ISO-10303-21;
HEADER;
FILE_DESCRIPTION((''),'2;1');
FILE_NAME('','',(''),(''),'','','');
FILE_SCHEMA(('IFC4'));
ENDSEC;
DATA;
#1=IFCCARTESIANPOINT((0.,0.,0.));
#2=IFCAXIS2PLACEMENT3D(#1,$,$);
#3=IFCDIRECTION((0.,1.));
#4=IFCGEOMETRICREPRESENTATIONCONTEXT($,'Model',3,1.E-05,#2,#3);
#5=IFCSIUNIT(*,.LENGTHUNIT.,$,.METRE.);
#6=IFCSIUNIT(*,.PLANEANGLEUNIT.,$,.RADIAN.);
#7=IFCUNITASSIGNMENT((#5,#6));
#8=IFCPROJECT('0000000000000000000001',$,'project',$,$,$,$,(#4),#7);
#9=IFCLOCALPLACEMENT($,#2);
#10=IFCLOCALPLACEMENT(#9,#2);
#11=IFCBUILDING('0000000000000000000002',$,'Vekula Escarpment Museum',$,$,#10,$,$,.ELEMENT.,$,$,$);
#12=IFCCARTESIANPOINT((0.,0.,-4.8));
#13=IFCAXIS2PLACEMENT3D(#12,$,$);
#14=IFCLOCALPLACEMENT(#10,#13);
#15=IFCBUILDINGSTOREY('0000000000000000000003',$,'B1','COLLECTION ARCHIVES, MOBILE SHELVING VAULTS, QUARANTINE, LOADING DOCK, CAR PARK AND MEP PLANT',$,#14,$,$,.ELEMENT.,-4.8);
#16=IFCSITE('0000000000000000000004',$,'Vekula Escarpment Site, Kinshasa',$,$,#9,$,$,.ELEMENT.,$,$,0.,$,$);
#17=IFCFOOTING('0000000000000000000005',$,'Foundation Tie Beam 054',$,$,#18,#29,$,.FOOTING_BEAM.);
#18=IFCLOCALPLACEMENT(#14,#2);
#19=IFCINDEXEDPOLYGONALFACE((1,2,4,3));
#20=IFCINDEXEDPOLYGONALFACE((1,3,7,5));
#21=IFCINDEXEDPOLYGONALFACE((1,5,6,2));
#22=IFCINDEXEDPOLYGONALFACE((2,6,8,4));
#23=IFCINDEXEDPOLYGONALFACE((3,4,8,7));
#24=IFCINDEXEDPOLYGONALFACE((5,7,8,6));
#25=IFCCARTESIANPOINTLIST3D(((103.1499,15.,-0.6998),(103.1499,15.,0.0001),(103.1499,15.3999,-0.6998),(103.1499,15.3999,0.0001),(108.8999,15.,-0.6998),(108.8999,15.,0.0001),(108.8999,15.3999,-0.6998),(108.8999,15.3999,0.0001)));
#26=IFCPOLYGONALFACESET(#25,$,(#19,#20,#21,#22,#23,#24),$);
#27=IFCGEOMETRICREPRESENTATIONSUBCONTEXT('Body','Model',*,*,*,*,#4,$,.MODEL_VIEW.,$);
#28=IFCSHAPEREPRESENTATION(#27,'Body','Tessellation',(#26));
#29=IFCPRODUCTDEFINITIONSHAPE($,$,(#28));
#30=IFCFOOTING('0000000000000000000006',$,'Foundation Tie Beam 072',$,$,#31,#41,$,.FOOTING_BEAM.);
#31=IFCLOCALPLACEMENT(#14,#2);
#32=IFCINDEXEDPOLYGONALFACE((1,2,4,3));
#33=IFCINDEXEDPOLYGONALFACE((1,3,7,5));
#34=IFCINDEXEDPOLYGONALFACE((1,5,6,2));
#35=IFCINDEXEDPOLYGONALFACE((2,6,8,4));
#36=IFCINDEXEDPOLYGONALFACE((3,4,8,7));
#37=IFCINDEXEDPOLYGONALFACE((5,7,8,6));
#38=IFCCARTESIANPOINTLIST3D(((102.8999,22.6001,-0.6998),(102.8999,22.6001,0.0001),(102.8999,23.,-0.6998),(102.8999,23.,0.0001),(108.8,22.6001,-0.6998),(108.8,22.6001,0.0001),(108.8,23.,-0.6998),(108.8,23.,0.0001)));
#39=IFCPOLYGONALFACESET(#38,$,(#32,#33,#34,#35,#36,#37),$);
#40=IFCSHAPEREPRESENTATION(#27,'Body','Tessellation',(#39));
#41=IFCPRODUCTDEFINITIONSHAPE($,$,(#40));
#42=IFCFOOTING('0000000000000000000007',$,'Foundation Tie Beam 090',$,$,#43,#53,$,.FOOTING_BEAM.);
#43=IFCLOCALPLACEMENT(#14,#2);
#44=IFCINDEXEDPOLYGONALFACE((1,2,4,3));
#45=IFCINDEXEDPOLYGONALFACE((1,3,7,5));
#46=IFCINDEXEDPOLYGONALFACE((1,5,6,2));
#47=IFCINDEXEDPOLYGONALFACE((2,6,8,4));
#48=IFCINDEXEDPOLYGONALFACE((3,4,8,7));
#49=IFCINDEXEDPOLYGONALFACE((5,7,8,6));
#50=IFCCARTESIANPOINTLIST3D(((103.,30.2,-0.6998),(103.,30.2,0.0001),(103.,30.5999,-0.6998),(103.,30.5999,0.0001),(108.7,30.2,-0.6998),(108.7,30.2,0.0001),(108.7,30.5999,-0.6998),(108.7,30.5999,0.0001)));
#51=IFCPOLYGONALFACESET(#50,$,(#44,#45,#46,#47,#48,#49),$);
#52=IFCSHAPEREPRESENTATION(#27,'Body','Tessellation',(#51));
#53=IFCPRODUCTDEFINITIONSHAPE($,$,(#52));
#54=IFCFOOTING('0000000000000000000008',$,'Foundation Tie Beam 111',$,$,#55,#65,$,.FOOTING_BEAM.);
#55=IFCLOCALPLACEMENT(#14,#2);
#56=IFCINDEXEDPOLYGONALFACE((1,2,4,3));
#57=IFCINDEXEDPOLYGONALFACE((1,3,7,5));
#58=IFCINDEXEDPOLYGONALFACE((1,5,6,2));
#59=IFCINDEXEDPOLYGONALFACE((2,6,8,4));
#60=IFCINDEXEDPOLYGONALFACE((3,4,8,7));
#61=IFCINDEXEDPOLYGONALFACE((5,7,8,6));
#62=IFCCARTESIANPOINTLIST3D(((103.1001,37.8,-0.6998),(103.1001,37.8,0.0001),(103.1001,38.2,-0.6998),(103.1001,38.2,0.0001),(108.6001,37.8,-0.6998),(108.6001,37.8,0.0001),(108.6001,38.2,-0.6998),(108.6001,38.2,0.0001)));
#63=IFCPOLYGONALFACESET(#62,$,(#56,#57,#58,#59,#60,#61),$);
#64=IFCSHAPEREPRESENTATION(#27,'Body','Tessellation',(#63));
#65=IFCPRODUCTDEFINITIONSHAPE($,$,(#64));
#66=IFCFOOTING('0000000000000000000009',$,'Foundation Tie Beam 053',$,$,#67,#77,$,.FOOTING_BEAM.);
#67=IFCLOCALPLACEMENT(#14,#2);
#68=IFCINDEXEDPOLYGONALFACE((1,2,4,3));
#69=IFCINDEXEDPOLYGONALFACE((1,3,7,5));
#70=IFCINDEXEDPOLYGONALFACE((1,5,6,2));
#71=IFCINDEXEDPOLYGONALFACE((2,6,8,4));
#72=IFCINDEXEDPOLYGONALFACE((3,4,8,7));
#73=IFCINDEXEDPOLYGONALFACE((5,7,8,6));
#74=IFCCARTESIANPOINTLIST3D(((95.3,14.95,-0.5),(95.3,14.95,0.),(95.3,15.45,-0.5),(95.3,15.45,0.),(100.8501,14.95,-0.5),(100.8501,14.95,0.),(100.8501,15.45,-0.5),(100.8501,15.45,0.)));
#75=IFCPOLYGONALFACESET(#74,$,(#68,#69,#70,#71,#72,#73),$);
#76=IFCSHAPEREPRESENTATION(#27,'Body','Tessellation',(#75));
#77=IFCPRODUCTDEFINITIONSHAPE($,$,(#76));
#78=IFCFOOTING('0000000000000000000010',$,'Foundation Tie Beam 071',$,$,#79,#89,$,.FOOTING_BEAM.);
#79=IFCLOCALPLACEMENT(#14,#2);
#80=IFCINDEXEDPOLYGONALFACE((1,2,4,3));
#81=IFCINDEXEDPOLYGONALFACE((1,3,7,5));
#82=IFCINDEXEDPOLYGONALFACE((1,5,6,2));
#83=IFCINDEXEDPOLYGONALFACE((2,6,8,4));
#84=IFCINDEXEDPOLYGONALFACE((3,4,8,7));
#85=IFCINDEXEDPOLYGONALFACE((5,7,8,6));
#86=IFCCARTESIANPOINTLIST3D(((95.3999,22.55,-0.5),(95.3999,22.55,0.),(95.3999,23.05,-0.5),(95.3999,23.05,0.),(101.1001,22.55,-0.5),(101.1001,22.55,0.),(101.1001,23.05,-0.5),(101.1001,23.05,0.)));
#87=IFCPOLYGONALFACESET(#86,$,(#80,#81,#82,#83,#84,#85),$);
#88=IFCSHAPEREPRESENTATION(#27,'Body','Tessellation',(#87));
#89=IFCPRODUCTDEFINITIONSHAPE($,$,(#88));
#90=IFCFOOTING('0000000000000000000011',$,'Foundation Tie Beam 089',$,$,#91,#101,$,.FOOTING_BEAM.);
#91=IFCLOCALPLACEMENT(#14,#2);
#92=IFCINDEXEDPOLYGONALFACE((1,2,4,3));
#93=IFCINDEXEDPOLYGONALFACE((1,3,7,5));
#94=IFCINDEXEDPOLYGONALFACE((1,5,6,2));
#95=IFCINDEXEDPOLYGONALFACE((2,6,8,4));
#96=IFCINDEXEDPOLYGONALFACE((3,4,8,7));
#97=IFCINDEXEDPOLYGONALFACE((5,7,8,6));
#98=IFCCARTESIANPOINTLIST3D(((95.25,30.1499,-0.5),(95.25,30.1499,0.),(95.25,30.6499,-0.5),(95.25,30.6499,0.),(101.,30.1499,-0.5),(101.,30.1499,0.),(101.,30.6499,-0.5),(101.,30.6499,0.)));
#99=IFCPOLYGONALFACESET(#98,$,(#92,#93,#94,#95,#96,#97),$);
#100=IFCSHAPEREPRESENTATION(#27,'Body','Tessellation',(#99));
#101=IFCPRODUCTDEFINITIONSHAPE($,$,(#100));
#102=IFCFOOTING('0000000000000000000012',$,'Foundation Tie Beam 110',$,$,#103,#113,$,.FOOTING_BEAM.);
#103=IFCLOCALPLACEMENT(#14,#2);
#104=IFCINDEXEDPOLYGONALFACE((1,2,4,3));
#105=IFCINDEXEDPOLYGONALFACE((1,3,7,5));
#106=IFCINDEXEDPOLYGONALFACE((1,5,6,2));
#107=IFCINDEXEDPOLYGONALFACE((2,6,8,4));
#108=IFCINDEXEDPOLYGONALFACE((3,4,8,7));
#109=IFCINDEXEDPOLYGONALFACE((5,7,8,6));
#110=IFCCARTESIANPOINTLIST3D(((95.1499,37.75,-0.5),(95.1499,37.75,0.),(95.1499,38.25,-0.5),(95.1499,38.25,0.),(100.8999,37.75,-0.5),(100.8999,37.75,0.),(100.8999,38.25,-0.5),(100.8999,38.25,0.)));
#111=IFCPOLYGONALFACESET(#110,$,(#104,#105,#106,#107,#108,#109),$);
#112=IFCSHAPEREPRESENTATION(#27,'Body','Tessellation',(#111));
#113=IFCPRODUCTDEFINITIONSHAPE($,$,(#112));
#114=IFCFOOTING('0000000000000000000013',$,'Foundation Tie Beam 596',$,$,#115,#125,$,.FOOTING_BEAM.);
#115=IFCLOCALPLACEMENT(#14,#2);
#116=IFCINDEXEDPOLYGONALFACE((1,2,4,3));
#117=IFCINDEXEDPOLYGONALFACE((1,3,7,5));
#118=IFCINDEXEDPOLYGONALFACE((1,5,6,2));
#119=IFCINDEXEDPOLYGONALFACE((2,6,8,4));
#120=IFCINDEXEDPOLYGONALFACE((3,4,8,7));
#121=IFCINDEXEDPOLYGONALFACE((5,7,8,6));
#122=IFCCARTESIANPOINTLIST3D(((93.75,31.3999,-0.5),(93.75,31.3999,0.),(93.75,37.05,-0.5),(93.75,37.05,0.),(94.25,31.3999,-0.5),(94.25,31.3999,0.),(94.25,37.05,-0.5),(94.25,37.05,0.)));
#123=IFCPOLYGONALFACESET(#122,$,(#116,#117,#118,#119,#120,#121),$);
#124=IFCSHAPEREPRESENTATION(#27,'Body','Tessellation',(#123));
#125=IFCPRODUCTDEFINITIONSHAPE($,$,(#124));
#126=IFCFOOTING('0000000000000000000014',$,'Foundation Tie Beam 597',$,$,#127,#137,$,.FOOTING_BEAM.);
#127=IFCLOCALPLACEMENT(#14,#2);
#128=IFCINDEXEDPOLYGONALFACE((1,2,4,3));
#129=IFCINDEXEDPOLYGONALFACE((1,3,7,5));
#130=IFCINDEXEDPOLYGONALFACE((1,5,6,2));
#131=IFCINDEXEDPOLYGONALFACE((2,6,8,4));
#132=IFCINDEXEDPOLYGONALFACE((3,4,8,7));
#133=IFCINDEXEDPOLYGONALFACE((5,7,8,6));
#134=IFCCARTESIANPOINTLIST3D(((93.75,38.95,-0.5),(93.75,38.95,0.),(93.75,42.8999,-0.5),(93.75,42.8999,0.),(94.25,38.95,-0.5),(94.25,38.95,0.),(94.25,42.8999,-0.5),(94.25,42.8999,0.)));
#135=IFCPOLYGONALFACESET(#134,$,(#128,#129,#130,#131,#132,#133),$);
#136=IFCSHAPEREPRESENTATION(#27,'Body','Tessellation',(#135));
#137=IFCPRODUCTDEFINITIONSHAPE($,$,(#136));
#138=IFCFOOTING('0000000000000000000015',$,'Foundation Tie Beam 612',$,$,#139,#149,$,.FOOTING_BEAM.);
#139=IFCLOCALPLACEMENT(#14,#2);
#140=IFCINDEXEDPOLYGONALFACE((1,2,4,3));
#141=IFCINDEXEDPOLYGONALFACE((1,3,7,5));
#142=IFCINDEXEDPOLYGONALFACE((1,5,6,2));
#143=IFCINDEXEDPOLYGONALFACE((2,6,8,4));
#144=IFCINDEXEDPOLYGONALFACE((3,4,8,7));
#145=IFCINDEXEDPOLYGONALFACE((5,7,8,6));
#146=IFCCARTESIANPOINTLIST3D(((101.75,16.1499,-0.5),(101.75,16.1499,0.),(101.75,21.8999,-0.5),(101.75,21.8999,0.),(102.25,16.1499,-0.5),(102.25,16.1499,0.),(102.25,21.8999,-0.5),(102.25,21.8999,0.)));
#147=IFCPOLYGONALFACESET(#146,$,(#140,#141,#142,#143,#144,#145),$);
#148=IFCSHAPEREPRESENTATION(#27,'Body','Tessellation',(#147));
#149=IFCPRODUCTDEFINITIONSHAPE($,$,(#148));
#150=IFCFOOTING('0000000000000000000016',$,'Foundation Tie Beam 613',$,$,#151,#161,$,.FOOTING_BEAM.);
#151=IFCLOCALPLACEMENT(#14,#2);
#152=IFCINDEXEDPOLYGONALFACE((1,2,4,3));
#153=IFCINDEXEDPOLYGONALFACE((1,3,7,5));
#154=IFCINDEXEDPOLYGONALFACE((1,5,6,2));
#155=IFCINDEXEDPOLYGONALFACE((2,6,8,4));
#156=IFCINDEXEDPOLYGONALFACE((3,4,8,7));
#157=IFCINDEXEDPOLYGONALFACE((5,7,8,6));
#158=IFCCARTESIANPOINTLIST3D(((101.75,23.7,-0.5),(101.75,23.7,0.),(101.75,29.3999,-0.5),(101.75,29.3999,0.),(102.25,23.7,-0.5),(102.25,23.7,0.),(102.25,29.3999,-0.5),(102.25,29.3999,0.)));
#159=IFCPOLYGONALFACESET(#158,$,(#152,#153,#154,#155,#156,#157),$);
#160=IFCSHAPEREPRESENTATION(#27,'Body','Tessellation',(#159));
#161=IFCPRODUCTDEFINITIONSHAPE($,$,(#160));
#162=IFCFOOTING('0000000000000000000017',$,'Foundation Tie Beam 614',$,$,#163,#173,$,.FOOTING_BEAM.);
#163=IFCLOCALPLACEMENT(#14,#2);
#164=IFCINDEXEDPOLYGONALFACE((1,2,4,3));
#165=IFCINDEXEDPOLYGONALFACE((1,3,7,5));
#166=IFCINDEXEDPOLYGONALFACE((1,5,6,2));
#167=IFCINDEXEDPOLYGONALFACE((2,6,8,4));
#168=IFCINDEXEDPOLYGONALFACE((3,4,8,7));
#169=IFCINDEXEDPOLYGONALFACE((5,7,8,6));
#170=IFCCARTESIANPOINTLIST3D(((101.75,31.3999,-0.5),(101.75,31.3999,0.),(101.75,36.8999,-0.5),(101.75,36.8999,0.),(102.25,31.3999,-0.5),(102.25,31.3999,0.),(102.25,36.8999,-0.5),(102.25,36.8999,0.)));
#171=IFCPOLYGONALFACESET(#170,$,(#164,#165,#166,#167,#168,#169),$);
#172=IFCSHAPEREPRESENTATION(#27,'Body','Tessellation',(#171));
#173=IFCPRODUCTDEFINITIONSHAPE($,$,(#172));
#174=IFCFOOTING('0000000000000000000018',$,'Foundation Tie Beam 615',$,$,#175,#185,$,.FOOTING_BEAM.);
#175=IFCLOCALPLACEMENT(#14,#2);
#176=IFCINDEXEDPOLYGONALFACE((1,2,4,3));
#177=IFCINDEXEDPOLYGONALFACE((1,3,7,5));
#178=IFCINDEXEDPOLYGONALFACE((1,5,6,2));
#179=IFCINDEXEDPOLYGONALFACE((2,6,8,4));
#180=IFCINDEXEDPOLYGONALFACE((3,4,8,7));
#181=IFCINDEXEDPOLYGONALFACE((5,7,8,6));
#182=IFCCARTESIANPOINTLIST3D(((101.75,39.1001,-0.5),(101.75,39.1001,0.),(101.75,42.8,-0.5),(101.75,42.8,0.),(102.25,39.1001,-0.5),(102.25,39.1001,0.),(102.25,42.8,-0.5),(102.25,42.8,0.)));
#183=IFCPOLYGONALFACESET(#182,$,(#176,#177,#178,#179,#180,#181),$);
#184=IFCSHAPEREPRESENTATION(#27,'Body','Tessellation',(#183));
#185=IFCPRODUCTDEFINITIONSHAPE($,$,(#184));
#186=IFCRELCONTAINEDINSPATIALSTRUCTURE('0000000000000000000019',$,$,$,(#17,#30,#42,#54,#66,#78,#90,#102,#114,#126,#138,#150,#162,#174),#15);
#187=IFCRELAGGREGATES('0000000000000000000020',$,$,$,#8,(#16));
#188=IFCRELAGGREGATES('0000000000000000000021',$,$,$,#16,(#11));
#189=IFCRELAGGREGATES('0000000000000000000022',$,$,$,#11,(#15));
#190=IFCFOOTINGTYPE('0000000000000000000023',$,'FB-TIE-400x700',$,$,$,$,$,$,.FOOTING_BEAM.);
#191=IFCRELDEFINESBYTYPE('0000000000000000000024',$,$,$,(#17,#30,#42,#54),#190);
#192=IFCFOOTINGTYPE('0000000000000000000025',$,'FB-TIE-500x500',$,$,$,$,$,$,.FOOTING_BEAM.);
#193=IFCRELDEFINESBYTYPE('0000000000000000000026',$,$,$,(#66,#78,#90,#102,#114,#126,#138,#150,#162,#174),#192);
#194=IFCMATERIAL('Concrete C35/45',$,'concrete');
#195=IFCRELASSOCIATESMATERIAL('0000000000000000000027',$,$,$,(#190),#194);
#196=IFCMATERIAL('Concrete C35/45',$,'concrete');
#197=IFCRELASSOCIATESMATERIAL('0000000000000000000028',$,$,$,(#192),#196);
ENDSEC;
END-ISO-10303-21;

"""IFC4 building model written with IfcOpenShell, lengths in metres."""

from ifc_helpers import new_model, si_unit, direction, frame, origin, origin_2d, place, context, subcontext, project, spatial, rectangle, extrude, material, material_profile, profile_set, type_object, element, save


model = new_model("IFC4")

# Units and contexts
model_context = context("Model", 3, precision=1e-05, world=origin(), true_north=direction((0.0, 1.0)))
body_context = subcontext(model_context, "Body", "Model", "MODEL_VIEW")
ifc_project = project(units=[si_unit("LENGTHUNIT", "METRE"), si_unit("PLANEANGLEUNIT", "RADIAN")], contexts=[model_context])

# Site, building, storey
site_placement = place(None, origin())
site = spatial("IfcSite", under=ifc_project, at=site_placement, Name="Vekula Escarpment Site, Kinshasa", CompositionType="ELEMENT", RefElevation=0.0)
building_placement = place(site_placement, origin())
building = spatial("IfcBuilding", under=site, at=building_placement, Name="Vekula Escarpment Museum", CompositionType="ELEMENT")
storey_placement = place(building_placement, frame((0.0, 0.0, -4.8)))
storey = spatial("IfcBuildingStorey", under=building, at=storey_placement, Name="B1", Description="COLLECTION ARCHIVES, MOBILE SHELVING VAULTS, QUARANTINE, LOADING DOCK, CAR PARK AND MEP PLANT", CompositionType="ELEMENT", Elevation=-4.8)

# Footings
ifc_material_1 = material(Name="Concrete C35/45", Category="concrete")
ifc_material_profile_1 = material_profile(ifc_material_1, rectangle(XDim=0.3999, YDim=0.7, at=origin_2d()), Name="RC 400x700")
ifc_profile_set_1 = profile_set([ifc_material_profile_1], Name="Concrete C35/45")
footing_type_1 = type_object("IfcFootingType", Name="FB-TIE-400x700", PredefinedType="FOOTING_BEAM", material=ifc_profile_set_1)
footing_1_placement = place(storey_placement, frame((103.1499, 15.2, -0.3499), z_axis=(1.0, 0.0, 0.0), x_axis=(0.0, 1.0, 0.0)))
element("IfcFooting", 1, at=footing_1_placement, inside=storey, type_object=footing_type_1, Name="Foundation Tie Beam 054", PredefinedType="FOOTING_BEAM", context=body_context, shape_type="SweptSolid", body=[
    extrude(rectangle(XDim=0.3999, YDim=0.7, at=origin_2d()), origin(), (0.0, 0.0, 1.0), 5.75),
])
footing_2_placement = place(storey_placement, frame((102.8999, 22.8, -0.3499), z_axis=(1.0, 0.0, 0.0), x_axis=(0.0, 1.0, 0.0)))
element("IfcFooting", 2, at=footing_2_placement, inside=storey, type_object=footing_type_1, Name="Foundation Tie Beam 072", PredefinedType="FOOTING_BEAM", context=body_context, shape_type="SweptSolid", body=[
    extrude(rectangle(XDim=0.3999, YDim=0.7, at=origin_2d()), origin(), (0.0, 0.0, 1.0), 5.9001),
])
footing_3_placement = place(storey_placement, frame((103.0, 30.3999, -0.3499), z_axis=(1.0, 0.0, 0.0), x_axis=(0.0, 1.0, 0.0)))
element("IfcFooting", 3, at=footing_3_placement, inside=storey, type_object=footing_type_1, Name="Foundation Tie Beam 090", PredefinedType="FOOTING_BEAM", context=body_context, shape_type="SweptSolid", body=[
    extrude(rectangle(XDim=0.3999, YDim=0.7, at=origin_2d()), origin(), (0.0, 0.0, 1.0), 5.7),
])
footing_4_placement = place(storey_placement, frame((103.1001, 38.0, -0.3499), z_axis=(1.0, 0.0, 0.0), x_axis=(0.0, 1.0, 0.0)))
element("IfcFooting", 4, at=footing_4_placement, inside=storey, type_object=footing_type_1, Name="Foundation Tie Beam 111", PredefinedType="FOOTING_BEAM", context=body_context, shape_type="SweptSolid", body=[
    extrude(rectangle(XDim=0.3999, YDim=0.7, at=origin_2d()), origin(), (0.0, 0.0, 1.0), 5.5),
])
ifc_material_2 = material(Name="Concrete C35/45", Category="concrete")
ifc_material_profile_2 = material_profile(ifc_material_2, rectangle(XDim=0.5, YDim=0.5, at=origin_2d()), Name="RC 500x500")
ifc_profile_set_2 = profile_set([ifc_material_profile_2], Name="Concrete C35/45")
footing_type_2 = type_object("IfcFootingType", Name="FB-TIE-500x500", PredefinedType="FOOTING_BEAM", material=ifc_profile_set_2)
footing_5_placement = place(storey_placement, frame((95.3, 15.2, -0.25), z_axis=(1.0, 0.0, 0.0), x_axis=(0.0, 1.0, 0.0)))
element("IfcFooting", 5, at=footing_5_placement, inside=storey, type_object=footing_type_2, Name="Foundation Tie Beam 053", PredefinedType="FOOTING_BEAM", context=body_context, shape_type="SweptSolid", body=[
    extrude(rectangle(XDim=0.5, YDim=0.5, at=origin_2d()), origin(), (0.0, 0.0, 1.0), 5.55),
])
footing_6_placement = place(storey_placement, frame((95.3999, 22.8, -0.25), z_axis=(1.0, 0.0, 0.0), x_axis=(0.0, 1.0, 0.0)))
element("IfcFooting", 6, at=footing_6_placement, inside=storey, type_object=footing_type_2, Name="Foundation Tie Beam 071", PredefinedType="FOOTING_BEAM", context=body_context, shape_type="SweptSolid", body=[
    extrude(rectangle(XDim=0.5, YDim=0.5, at=origin_2d()), origin(), (0.0, 0.0, 1.0), 5.7002),
])
for number, where, z_axis, x_axis, name in (
    (7, (95.25, 30.3999, -0.25), (1.0, 0.0, 0.0), (0.0, 1.0, 0.0), "Foundation Tie Beam 089"),
    (8, (95.1499, 38.0, -0.25), (1.0, 0.0, 0.0), (0.0, 1.0, 0.0), "Foundation Tie Beam 110"),
):
    element("IfcFooting", number, at=place(storey_placement, frame(where, z_axis=z_axis, x_axis=x_axis)), inside=storey, type_object=footing_type_2, Name=name, PredefinedType="FOOTING_BEAM", context=body_context, shape_type="SweptSolid", body=[
        extrude(rectangle(XDim=0.5, YDim=0.5, at=origin_2d()), origin(), (0.0, 0.0, 1.0), 5.75),
    ])
footing_7_placement = place(storey_placement, frame((94.0, 31.3999, -0.25), z_axis=(0.0, 1.0, 0.0), x_axis=(-1.0, 0.0, 0.0)))
element("IfcFooting", 9, at=footing_7_placement, inside=storey, type_object=footing_type_2, Name="Foundation Tie Beam 596", PredefinedType="FOOTING_BEAM", context=body_context, shape_type="SweptSolid", body=[
    extrude(rectangle(XDim=0.5, YDim=0.5, at=origin_2d()), origin(), (0.0, 0.0, 1.0), 5.6501),
])
footing_8_placement = place(storey_placement, frame((94.0, 38.95, -0.25), z_axis=(0.0, 1.0, 0.0), x_axis=(-1.0, 0.0, 0.0)))
element("IfcFooting", 10, at=footing_8_placement, inside=storey, type_object=footing_type_2, Name="Foundation Tie Beam 597", PredefinedType="FOOTING_BEAM", context=body_context, shape_type="SweptSolid", body=[
    extrude(rectangle(XDim=0.5, YDim=0.5, at=origin_2d()), origin(), (0.0, 0.0, 1.0), 3.95),
])
footing_9_placement = place(storey_placement, frame((102.0, 16.1499, -0.25), z_axis=(0.0, 1.0, 0.0), x_axis=(-1.0, 0.0, 0.0)))
element("IfcFooting", 11, at=footing_9_placement, inside=storey, type_object=footing_type_2, Name="Foundation Tie Beam 612", PredefinedType="FOOTING_BEAM", context=body_context, shape_type="SweptSolid", body=[
    extrude(rectangle(XDim=0.5, YDim=0.5, at=origin_2d()), origin(), (0.0, 0.0, 1.0), 5.75),
])
footing_10_placement = place(storey_placement, frame((102.0, 23.7, -0.25), z_axis=(0.0, 1.0, 0.0), x_axis=(-1.0, 0.0, 0.0)))
element("IfcFooting", 12, at=footing_10_placement, inside=storey, type_object=footing_type_2, Name="Foundation Tie Beam 613", PredefinedType="FOOTING_BEAM", context=body_context, shape_type="SweptSolid", body=[
    extrude(rectangle(XDim=0.5, YDim=0.5, at=origin_2d()), origin(), (0.0, 0.0, 1.0), 5.7),
])
footing_11_placement = place(storey_placement, frame((102.0, 31.3999, -0.25), z_axis=(0.0, 1.0, 0.0), x_axis=(-1.0, 0.0, 0.0)))
element("IfcFooting", 13, at=footing_11_placement, inside=storey, type_object=footing_type_2, Name="Foundation Tie Beam 614", PredefinedType="FOOTING_BEAM", context=body_context, shape_type="SweptSolid", body=[
    extrude(rectangle(XDim=0.5, YDim=0.5, at=origin_2d()), origin(), (0.0, 0.0, 1.0), 5.5),
])
footing_12_placement = place(storey_placement, frame((102.0, 39.1001, -0.25), z_axis=(0.0, 1.0, 0.0), x_axis=(-1.0, 0.0, 0.0)))
element("IfcFooting", 14, at=footing_12_placement, inside=storey, type_object=footing_type_2, Name="Foundation Tie Beam 615", PredefinedType="FOOTING_BEAM", context=body_context, shape_type="SweptSolid", body=[
    extrude(rectangle(XDim=0.5, YDim=0.5, at=origin_2d()), origin(), (0.0, 0.0, 1.0), 3.7),
])

save(model, "model.ifc")
